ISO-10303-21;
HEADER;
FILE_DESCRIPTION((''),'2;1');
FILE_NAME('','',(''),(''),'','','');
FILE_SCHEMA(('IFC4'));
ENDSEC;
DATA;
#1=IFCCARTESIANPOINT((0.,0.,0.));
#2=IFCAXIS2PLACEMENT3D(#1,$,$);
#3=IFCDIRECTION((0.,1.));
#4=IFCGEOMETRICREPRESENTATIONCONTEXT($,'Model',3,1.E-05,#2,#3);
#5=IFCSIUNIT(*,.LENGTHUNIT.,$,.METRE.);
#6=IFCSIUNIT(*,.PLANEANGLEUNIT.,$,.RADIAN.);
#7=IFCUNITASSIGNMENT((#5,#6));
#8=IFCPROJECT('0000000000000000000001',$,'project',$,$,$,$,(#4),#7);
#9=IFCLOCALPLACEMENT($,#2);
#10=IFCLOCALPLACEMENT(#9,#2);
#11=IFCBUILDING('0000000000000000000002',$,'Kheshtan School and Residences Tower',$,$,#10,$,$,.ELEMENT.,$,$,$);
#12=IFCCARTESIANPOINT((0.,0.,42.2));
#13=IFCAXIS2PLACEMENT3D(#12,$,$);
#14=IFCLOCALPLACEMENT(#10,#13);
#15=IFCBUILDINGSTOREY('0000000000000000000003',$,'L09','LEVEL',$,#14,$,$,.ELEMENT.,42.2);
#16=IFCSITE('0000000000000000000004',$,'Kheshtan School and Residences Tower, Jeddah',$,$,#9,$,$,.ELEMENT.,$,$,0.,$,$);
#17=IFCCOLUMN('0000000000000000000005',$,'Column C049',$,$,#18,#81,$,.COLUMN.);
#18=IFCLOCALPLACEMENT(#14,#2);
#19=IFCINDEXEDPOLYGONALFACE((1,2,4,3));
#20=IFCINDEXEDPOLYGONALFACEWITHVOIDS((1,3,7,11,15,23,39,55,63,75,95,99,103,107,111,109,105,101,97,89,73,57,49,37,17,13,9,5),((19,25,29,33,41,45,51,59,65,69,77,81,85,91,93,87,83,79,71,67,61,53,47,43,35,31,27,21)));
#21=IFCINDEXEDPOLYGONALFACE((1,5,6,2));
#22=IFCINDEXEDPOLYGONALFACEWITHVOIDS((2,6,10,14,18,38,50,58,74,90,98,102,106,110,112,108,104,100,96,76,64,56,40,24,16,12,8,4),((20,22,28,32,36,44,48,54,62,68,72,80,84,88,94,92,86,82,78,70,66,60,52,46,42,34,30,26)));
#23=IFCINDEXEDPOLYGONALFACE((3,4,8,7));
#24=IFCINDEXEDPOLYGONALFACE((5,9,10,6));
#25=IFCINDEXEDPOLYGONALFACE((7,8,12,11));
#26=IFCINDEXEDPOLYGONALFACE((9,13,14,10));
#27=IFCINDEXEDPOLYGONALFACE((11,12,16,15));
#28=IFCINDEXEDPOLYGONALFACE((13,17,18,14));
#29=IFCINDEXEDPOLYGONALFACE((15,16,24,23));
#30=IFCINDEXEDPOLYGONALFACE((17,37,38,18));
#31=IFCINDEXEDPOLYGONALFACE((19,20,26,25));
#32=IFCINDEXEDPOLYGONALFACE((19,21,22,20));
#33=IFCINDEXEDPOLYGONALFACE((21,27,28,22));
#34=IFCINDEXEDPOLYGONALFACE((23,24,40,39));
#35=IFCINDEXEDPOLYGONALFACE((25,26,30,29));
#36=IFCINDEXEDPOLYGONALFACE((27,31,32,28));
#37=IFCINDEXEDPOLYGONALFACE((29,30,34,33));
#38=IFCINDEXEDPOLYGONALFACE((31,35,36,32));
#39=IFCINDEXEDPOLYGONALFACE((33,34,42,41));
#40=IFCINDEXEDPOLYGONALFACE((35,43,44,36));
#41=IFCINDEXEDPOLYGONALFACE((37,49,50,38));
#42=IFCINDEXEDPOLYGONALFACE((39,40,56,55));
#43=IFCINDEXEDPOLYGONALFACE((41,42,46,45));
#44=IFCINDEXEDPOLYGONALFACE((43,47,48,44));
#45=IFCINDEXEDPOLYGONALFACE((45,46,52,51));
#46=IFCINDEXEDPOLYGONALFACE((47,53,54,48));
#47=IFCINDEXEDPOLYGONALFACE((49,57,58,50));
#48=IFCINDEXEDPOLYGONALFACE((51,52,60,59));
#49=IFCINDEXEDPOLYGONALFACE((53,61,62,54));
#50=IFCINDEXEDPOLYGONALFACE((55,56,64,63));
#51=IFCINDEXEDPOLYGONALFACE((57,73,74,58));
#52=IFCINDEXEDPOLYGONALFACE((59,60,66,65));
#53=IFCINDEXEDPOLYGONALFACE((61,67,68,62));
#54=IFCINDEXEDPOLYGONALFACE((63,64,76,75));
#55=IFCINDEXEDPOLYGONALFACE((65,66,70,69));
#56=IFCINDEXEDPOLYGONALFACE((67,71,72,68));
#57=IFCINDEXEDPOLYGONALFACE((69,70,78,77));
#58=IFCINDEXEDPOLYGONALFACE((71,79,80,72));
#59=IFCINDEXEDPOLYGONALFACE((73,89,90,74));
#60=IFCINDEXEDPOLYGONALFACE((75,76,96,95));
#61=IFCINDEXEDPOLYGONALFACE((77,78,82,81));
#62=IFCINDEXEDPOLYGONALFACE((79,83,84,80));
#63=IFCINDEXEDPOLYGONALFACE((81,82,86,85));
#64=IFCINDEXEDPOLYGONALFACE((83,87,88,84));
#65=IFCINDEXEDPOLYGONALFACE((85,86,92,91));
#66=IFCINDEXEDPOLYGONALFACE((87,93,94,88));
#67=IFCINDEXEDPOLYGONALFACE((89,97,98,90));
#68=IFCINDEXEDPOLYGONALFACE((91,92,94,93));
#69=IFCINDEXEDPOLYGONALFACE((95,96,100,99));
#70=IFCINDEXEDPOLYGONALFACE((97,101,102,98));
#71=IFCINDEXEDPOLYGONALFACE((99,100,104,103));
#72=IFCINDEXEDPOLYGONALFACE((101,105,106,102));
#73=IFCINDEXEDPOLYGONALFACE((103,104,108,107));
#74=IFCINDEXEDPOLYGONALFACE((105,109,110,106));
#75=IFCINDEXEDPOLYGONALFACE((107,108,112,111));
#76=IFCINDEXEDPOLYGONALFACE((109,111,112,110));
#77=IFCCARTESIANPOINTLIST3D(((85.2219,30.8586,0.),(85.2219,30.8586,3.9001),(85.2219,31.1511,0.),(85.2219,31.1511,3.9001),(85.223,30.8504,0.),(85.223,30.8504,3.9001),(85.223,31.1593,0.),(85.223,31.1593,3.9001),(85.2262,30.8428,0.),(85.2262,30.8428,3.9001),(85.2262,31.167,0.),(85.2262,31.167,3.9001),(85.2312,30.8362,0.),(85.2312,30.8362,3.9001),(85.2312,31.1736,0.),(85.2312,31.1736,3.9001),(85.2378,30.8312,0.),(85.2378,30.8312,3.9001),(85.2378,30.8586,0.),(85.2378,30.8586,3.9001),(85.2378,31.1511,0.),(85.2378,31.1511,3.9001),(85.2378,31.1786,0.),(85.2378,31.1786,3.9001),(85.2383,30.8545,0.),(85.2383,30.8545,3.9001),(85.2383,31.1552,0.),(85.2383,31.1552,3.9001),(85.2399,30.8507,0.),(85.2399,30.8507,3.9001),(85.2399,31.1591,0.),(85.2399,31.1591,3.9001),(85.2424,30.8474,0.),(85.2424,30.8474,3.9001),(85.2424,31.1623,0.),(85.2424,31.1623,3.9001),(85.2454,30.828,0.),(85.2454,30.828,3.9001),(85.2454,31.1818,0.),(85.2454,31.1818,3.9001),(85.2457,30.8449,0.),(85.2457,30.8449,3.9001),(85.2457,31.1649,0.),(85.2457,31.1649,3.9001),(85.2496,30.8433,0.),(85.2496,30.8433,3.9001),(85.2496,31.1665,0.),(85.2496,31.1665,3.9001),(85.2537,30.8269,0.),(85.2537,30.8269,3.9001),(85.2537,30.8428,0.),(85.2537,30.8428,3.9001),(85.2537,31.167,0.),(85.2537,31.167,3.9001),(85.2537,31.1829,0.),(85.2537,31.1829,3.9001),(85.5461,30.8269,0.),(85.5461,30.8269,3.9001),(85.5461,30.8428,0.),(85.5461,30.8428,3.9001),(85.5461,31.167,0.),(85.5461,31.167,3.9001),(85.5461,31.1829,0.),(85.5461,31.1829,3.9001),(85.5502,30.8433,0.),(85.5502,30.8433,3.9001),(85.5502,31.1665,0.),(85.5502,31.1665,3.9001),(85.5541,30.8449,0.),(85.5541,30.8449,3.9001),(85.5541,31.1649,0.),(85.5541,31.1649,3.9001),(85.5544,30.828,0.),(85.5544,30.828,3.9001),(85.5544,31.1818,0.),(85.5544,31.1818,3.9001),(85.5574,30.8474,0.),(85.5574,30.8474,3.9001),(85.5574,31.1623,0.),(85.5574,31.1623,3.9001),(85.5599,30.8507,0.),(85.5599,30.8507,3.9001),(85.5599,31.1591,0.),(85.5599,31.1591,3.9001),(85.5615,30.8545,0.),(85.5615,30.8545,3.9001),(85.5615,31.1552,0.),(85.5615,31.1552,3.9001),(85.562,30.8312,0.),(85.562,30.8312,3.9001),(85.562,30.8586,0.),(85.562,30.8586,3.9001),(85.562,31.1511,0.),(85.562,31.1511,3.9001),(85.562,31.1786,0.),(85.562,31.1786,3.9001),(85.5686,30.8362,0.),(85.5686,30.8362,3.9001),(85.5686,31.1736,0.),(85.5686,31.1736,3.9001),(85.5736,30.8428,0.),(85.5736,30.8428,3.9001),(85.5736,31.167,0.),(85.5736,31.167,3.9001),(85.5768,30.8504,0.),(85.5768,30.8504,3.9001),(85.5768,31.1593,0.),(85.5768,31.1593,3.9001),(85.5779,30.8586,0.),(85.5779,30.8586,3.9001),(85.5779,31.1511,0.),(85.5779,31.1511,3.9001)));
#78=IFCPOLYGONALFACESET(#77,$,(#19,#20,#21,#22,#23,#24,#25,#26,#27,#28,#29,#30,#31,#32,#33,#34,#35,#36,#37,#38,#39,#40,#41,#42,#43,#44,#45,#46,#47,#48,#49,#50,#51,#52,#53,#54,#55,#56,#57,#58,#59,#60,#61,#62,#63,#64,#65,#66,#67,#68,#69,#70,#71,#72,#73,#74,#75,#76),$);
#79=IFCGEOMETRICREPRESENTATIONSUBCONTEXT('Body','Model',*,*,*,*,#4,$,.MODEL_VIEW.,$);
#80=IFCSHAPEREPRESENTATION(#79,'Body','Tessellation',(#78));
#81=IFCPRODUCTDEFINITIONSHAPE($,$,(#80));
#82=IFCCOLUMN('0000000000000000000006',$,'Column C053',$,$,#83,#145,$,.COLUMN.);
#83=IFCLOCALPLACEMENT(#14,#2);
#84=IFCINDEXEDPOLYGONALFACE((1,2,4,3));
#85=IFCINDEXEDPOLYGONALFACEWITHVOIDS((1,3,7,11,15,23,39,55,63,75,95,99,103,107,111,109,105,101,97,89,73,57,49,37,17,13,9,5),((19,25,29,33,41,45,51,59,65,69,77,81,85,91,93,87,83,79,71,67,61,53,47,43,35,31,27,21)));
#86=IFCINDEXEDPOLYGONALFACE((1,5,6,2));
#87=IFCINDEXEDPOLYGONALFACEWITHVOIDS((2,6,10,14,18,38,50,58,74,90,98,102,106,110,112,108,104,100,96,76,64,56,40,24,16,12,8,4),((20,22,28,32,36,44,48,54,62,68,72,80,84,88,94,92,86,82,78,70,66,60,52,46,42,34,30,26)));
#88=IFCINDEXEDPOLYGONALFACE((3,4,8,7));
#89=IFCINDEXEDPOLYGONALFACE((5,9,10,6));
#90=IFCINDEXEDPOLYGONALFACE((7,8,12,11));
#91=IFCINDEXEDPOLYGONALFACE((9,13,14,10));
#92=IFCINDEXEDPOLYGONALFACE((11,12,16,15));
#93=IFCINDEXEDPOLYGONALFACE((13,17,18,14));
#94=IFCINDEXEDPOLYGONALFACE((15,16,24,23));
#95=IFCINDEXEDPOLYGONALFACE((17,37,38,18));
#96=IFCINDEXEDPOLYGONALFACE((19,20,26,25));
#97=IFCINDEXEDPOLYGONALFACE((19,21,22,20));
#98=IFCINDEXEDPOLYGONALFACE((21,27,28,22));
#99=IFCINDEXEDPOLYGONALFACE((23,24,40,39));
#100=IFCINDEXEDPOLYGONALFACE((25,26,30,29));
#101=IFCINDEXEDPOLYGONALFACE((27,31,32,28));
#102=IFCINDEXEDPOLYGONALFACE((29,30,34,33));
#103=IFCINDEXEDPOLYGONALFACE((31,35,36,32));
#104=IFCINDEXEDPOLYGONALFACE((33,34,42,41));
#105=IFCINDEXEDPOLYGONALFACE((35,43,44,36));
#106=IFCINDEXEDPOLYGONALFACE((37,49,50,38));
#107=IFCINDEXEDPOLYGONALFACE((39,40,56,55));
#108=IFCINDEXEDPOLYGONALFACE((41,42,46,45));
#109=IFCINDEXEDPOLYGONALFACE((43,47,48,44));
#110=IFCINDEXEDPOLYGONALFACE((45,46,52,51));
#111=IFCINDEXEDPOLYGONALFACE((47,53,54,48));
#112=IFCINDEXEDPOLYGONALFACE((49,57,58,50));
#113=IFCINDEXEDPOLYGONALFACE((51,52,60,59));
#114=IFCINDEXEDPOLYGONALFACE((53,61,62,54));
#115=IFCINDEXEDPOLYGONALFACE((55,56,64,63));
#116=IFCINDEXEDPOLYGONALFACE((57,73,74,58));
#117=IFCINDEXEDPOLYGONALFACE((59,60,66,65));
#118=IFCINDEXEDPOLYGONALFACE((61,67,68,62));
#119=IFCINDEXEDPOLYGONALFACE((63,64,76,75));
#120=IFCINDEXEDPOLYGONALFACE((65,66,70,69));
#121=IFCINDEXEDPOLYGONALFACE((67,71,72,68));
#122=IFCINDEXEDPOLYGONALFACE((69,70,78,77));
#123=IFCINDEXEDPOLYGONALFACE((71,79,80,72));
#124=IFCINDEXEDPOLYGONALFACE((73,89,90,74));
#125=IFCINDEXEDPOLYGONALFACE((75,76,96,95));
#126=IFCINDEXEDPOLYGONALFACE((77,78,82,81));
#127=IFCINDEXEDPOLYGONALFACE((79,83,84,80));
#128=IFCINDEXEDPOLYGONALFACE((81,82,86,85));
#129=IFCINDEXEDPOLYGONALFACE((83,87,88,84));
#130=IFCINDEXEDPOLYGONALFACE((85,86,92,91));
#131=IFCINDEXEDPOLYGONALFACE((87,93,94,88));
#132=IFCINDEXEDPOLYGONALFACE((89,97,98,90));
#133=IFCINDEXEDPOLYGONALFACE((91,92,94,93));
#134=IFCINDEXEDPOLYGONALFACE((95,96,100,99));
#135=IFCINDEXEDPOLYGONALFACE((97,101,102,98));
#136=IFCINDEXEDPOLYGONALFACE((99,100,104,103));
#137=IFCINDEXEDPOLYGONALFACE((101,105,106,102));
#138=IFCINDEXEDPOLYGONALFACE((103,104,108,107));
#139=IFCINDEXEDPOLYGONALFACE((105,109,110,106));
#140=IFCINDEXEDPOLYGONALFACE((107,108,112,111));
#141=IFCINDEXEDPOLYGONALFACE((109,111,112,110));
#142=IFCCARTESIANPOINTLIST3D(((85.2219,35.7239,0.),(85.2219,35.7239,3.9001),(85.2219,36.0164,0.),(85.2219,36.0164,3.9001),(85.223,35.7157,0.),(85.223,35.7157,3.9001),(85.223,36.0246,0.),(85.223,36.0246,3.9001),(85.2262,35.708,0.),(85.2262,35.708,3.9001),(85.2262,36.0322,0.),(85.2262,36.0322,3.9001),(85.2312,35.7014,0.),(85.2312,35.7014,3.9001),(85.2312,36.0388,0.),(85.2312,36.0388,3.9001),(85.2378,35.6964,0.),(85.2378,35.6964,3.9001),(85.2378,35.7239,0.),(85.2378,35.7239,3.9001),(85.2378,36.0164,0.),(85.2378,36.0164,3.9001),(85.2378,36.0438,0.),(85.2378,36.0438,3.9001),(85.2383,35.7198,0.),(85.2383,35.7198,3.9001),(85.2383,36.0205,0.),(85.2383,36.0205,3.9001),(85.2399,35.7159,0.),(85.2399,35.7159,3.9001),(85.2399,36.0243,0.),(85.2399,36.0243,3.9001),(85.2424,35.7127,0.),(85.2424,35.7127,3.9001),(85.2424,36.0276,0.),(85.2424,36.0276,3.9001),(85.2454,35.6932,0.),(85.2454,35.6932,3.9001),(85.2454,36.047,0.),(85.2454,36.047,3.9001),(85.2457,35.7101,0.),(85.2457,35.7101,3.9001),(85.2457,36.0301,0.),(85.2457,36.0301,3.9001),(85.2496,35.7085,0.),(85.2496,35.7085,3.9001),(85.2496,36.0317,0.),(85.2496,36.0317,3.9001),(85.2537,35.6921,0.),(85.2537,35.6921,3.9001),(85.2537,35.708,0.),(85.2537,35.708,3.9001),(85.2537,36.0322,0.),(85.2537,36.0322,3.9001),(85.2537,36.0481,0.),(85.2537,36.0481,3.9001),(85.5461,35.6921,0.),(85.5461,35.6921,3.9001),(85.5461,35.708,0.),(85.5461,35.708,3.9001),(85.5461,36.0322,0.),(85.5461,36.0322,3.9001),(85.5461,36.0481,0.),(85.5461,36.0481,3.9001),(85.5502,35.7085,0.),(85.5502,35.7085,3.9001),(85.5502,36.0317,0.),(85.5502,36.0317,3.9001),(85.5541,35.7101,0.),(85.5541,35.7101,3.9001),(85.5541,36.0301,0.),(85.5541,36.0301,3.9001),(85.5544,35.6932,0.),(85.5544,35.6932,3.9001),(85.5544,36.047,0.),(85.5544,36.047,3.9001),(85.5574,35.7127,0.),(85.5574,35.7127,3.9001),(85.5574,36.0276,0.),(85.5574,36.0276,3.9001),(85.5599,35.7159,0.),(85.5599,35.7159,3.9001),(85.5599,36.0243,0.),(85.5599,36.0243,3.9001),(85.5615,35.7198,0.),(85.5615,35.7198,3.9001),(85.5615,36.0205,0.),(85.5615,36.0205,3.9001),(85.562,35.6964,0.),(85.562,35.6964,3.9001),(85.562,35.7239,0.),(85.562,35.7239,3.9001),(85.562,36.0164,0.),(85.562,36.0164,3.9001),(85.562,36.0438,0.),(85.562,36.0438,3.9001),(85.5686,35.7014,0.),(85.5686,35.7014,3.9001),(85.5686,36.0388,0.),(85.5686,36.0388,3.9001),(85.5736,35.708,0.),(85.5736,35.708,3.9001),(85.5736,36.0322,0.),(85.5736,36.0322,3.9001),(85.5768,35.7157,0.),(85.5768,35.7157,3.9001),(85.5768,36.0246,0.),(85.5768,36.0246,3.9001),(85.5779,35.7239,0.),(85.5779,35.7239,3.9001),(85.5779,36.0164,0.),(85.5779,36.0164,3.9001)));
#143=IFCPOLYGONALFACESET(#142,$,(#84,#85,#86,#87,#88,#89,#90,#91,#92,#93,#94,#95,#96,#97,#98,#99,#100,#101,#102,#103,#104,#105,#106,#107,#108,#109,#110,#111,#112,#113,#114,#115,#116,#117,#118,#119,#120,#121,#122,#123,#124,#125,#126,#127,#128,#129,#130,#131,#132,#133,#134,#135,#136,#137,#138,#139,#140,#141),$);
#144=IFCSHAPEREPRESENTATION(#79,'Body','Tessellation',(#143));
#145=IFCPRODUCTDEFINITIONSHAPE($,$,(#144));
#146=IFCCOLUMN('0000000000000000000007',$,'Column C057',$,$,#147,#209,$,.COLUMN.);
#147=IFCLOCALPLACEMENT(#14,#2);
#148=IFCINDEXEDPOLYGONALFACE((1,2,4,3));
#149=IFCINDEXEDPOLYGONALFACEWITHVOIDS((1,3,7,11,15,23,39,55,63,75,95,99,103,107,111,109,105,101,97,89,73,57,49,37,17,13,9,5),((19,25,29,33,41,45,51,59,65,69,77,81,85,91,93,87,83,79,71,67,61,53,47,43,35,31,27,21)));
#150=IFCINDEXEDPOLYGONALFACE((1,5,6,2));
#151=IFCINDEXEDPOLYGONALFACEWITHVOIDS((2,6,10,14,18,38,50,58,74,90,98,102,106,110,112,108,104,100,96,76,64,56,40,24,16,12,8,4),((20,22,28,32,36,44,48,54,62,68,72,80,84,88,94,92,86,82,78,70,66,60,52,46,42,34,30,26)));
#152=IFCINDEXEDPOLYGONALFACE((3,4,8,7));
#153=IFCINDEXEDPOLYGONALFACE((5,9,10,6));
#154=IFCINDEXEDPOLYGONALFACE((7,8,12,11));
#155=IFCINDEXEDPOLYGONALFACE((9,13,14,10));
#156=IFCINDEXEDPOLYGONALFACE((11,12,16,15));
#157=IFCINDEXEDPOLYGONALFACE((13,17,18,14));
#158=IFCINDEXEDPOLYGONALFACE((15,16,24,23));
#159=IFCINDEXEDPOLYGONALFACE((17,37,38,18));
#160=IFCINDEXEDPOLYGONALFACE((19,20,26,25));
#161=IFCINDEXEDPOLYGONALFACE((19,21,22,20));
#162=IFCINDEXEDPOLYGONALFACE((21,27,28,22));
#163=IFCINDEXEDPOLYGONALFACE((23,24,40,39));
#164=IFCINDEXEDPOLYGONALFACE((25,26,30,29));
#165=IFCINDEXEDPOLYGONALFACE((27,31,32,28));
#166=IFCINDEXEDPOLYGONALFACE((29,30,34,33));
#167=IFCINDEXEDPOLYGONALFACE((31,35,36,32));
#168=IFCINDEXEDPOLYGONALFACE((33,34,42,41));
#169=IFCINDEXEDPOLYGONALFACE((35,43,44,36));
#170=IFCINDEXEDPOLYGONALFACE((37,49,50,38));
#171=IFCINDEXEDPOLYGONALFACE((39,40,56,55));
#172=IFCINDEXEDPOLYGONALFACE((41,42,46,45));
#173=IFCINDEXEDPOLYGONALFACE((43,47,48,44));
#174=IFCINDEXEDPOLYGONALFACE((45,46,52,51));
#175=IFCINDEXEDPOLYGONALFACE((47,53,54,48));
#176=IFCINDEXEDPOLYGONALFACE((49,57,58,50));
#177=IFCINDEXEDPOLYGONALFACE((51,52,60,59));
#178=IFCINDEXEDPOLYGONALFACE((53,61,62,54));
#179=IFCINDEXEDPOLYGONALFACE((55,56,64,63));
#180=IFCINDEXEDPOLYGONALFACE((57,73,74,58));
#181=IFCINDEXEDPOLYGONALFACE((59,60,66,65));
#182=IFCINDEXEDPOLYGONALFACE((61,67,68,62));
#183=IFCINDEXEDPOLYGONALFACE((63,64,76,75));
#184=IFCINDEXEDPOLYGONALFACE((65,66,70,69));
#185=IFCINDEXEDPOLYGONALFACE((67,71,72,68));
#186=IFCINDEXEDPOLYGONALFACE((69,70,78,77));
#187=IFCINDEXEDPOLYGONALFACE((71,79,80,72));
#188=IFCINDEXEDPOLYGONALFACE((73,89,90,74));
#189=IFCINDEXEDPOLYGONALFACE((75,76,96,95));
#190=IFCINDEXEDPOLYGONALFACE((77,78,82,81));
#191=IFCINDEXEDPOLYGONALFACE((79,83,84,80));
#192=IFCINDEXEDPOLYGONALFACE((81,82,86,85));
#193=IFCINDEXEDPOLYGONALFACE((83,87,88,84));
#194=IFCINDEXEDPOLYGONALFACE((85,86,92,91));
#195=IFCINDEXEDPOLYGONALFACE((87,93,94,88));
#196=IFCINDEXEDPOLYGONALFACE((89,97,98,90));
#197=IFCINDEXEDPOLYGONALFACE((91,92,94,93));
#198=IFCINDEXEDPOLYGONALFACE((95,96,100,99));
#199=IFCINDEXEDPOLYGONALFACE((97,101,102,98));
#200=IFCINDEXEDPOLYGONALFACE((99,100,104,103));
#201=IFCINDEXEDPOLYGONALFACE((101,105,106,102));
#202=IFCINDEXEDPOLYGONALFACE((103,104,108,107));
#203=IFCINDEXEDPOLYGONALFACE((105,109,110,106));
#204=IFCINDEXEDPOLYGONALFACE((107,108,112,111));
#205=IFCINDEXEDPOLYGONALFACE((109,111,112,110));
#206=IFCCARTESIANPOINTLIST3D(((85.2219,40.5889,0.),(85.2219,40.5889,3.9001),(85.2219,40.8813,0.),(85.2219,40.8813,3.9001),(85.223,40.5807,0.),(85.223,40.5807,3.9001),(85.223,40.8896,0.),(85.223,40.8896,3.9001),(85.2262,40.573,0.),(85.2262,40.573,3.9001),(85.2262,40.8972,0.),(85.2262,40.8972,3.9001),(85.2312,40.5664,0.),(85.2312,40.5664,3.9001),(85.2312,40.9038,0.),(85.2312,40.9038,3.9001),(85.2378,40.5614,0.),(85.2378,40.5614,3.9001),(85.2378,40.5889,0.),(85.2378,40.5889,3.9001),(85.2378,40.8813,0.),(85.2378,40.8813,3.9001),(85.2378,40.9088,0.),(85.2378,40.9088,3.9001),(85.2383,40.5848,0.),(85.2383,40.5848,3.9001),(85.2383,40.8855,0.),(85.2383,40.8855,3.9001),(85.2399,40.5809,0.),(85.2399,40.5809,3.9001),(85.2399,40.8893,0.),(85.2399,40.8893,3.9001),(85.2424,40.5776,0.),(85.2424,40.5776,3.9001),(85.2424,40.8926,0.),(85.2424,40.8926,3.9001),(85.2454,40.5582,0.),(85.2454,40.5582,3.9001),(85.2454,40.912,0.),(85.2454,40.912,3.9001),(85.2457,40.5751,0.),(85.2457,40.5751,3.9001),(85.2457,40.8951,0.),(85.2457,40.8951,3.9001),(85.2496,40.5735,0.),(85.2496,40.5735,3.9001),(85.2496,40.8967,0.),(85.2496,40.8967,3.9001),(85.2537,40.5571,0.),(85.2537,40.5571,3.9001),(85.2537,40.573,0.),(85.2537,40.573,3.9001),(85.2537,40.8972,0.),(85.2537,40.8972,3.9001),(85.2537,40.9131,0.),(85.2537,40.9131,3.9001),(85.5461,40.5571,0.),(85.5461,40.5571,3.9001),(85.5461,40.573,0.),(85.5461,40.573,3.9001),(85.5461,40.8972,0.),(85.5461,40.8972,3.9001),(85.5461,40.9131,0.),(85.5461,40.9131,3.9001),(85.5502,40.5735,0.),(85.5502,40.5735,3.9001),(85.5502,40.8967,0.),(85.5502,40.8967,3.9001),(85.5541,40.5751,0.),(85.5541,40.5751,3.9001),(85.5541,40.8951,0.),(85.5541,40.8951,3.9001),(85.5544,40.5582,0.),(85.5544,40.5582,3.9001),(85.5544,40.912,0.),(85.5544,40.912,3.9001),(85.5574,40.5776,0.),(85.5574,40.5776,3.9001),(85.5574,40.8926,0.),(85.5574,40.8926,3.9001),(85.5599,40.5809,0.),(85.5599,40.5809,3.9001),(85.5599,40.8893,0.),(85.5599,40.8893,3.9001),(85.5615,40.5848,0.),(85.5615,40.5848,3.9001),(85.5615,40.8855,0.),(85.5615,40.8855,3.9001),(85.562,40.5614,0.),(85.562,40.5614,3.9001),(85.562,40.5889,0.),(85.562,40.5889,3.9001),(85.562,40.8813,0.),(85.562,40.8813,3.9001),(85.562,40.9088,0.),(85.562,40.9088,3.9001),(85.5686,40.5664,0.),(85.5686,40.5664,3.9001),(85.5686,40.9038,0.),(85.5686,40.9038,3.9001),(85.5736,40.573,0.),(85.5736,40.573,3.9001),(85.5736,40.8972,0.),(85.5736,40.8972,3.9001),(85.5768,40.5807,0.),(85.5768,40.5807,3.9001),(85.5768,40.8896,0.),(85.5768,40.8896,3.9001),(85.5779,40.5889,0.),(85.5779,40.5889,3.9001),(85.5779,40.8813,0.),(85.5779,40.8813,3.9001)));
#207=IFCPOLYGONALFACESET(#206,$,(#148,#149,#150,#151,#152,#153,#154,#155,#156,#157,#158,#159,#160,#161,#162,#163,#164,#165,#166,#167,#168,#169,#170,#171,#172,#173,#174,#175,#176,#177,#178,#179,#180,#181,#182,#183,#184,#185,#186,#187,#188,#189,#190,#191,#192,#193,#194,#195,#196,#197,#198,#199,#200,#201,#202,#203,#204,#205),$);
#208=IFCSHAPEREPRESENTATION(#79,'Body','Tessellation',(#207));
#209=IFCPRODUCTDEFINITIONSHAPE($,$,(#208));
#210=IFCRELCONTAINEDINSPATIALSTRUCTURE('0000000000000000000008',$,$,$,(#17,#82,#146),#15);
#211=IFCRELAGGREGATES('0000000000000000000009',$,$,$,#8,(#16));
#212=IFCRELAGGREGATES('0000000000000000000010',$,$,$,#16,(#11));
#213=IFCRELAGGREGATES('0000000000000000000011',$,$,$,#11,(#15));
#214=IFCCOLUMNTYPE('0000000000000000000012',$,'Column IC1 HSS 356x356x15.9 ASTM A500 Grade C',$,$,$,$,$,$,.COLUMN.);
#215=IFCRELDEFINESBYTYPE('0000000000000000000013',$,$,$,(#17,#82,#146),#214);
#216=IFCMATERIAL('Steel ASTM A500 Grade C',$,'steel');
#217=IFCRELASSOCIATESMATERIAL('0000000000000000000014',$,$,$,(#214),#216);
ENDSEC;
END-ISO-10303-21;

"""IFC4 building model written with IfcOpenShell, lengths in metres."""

from ifc_helpers import new_model, si_unit, direction, frame, origin, origin_2d, place, context, subcontext, project, spatial, hollow_rectangle, extrude, material, material_profile, profile_set, type_object, element, save


model = new_model("IFC4")

# Units and contexts
model_context = context("Model", 3, precision=1e-05, world=origin(), true_north=direction((0.0, 1.0)))
body_context = subcontext(model_context, "Body", "Model", "MODEL_VIEW")
ifc_project = project(units=[si_unit("LENGTHUNIT", "METRE"), si_unit("PLANEANGLEUNIT", "RADIAN")], contexts=[model_context])

# Site, building, storey
site_placement = place(None, origin())
site = spatial("IfcSite", under=ifc_project, at=site_placement, Name="Kheshtan School and Residences Tower, Jeddah", CompositionType="ELEMENT", RefElevation=0.0)
building_placement = place(site_placement, origin())
building = spatial("IfcBuilding", under=site, at=building_placement, Name="Kheshtan School and Residences Tower", CompositionType="ELEMENT")
storey_placement = place(building_placement, frame((0.0, 0.0, 42.2)))
storey = spatial("IfcBuildingStorey", under=building, at=storey_placement, Name="L09", Description="LEVEL", CompositionType="ELEMENT", Elevation=42.2)

# Columns
ifc_material_1 = material(Name="Steel ASTM A500 Grade C", Category="steel")
ifc_material_profile_1 = material_profile(ifc_material_1, hollow_rectangle(XDim=0.356, YDim=0.356, WallThickness=0.0159, InnerFilletRadius=0.0159, OuterFilletRadius=0.0317, at=origin_2d()), Name="HSS 356x356x15.9")
ifc_profile_set_1 = profile_set([ifc_material_profile_1], Name="Steel ASTM A500 Grade C")
column_type = type_object("IfcColumnType", Name="Column IC1 HSS 356x356x15.9 ASTM A500 Grade C", PredefinedType="COLUMN", material=ifc_profile_set_1)
for number, where, z_axis, x_axis, name in (
    (1, (85.3999, 31.0049, 0.0), (0.0, 0.0, 1.0), (1.0, 0.0, 0.0), "Column C049"),
    (2, (85.3999, 35.8701, 0.0), (0.0, 0.0, 1.0), (1.0, 0.0, 0.0), "Column C053"),
    (3, (85.3999, 40.7351, 0.0), (0.0, 0.0, 1.0), (1.0, 0.0, 0.0), "Column C057"),
):
    element("IfcColumn", number, at=place(storey_placement, frame(where, z_axis=z_axis, x_axis=x_axis)), inside=storey, type_object=column_type, Name=name, PredefinedType="COLUMN", context=body_context, shape_type="SweptSolid", body=[
        extrude(hollow_rectangle(XDim=0.356, YDim=0.356, WallThickness=0.0159, InnerFilletRadius=0.0159, OuterFilletRadius=0.0317, at=origin_2d()), origin(), (0.0, 0.0, 1.0), 3.9001),
    ])

save(model, "model.ifc")
